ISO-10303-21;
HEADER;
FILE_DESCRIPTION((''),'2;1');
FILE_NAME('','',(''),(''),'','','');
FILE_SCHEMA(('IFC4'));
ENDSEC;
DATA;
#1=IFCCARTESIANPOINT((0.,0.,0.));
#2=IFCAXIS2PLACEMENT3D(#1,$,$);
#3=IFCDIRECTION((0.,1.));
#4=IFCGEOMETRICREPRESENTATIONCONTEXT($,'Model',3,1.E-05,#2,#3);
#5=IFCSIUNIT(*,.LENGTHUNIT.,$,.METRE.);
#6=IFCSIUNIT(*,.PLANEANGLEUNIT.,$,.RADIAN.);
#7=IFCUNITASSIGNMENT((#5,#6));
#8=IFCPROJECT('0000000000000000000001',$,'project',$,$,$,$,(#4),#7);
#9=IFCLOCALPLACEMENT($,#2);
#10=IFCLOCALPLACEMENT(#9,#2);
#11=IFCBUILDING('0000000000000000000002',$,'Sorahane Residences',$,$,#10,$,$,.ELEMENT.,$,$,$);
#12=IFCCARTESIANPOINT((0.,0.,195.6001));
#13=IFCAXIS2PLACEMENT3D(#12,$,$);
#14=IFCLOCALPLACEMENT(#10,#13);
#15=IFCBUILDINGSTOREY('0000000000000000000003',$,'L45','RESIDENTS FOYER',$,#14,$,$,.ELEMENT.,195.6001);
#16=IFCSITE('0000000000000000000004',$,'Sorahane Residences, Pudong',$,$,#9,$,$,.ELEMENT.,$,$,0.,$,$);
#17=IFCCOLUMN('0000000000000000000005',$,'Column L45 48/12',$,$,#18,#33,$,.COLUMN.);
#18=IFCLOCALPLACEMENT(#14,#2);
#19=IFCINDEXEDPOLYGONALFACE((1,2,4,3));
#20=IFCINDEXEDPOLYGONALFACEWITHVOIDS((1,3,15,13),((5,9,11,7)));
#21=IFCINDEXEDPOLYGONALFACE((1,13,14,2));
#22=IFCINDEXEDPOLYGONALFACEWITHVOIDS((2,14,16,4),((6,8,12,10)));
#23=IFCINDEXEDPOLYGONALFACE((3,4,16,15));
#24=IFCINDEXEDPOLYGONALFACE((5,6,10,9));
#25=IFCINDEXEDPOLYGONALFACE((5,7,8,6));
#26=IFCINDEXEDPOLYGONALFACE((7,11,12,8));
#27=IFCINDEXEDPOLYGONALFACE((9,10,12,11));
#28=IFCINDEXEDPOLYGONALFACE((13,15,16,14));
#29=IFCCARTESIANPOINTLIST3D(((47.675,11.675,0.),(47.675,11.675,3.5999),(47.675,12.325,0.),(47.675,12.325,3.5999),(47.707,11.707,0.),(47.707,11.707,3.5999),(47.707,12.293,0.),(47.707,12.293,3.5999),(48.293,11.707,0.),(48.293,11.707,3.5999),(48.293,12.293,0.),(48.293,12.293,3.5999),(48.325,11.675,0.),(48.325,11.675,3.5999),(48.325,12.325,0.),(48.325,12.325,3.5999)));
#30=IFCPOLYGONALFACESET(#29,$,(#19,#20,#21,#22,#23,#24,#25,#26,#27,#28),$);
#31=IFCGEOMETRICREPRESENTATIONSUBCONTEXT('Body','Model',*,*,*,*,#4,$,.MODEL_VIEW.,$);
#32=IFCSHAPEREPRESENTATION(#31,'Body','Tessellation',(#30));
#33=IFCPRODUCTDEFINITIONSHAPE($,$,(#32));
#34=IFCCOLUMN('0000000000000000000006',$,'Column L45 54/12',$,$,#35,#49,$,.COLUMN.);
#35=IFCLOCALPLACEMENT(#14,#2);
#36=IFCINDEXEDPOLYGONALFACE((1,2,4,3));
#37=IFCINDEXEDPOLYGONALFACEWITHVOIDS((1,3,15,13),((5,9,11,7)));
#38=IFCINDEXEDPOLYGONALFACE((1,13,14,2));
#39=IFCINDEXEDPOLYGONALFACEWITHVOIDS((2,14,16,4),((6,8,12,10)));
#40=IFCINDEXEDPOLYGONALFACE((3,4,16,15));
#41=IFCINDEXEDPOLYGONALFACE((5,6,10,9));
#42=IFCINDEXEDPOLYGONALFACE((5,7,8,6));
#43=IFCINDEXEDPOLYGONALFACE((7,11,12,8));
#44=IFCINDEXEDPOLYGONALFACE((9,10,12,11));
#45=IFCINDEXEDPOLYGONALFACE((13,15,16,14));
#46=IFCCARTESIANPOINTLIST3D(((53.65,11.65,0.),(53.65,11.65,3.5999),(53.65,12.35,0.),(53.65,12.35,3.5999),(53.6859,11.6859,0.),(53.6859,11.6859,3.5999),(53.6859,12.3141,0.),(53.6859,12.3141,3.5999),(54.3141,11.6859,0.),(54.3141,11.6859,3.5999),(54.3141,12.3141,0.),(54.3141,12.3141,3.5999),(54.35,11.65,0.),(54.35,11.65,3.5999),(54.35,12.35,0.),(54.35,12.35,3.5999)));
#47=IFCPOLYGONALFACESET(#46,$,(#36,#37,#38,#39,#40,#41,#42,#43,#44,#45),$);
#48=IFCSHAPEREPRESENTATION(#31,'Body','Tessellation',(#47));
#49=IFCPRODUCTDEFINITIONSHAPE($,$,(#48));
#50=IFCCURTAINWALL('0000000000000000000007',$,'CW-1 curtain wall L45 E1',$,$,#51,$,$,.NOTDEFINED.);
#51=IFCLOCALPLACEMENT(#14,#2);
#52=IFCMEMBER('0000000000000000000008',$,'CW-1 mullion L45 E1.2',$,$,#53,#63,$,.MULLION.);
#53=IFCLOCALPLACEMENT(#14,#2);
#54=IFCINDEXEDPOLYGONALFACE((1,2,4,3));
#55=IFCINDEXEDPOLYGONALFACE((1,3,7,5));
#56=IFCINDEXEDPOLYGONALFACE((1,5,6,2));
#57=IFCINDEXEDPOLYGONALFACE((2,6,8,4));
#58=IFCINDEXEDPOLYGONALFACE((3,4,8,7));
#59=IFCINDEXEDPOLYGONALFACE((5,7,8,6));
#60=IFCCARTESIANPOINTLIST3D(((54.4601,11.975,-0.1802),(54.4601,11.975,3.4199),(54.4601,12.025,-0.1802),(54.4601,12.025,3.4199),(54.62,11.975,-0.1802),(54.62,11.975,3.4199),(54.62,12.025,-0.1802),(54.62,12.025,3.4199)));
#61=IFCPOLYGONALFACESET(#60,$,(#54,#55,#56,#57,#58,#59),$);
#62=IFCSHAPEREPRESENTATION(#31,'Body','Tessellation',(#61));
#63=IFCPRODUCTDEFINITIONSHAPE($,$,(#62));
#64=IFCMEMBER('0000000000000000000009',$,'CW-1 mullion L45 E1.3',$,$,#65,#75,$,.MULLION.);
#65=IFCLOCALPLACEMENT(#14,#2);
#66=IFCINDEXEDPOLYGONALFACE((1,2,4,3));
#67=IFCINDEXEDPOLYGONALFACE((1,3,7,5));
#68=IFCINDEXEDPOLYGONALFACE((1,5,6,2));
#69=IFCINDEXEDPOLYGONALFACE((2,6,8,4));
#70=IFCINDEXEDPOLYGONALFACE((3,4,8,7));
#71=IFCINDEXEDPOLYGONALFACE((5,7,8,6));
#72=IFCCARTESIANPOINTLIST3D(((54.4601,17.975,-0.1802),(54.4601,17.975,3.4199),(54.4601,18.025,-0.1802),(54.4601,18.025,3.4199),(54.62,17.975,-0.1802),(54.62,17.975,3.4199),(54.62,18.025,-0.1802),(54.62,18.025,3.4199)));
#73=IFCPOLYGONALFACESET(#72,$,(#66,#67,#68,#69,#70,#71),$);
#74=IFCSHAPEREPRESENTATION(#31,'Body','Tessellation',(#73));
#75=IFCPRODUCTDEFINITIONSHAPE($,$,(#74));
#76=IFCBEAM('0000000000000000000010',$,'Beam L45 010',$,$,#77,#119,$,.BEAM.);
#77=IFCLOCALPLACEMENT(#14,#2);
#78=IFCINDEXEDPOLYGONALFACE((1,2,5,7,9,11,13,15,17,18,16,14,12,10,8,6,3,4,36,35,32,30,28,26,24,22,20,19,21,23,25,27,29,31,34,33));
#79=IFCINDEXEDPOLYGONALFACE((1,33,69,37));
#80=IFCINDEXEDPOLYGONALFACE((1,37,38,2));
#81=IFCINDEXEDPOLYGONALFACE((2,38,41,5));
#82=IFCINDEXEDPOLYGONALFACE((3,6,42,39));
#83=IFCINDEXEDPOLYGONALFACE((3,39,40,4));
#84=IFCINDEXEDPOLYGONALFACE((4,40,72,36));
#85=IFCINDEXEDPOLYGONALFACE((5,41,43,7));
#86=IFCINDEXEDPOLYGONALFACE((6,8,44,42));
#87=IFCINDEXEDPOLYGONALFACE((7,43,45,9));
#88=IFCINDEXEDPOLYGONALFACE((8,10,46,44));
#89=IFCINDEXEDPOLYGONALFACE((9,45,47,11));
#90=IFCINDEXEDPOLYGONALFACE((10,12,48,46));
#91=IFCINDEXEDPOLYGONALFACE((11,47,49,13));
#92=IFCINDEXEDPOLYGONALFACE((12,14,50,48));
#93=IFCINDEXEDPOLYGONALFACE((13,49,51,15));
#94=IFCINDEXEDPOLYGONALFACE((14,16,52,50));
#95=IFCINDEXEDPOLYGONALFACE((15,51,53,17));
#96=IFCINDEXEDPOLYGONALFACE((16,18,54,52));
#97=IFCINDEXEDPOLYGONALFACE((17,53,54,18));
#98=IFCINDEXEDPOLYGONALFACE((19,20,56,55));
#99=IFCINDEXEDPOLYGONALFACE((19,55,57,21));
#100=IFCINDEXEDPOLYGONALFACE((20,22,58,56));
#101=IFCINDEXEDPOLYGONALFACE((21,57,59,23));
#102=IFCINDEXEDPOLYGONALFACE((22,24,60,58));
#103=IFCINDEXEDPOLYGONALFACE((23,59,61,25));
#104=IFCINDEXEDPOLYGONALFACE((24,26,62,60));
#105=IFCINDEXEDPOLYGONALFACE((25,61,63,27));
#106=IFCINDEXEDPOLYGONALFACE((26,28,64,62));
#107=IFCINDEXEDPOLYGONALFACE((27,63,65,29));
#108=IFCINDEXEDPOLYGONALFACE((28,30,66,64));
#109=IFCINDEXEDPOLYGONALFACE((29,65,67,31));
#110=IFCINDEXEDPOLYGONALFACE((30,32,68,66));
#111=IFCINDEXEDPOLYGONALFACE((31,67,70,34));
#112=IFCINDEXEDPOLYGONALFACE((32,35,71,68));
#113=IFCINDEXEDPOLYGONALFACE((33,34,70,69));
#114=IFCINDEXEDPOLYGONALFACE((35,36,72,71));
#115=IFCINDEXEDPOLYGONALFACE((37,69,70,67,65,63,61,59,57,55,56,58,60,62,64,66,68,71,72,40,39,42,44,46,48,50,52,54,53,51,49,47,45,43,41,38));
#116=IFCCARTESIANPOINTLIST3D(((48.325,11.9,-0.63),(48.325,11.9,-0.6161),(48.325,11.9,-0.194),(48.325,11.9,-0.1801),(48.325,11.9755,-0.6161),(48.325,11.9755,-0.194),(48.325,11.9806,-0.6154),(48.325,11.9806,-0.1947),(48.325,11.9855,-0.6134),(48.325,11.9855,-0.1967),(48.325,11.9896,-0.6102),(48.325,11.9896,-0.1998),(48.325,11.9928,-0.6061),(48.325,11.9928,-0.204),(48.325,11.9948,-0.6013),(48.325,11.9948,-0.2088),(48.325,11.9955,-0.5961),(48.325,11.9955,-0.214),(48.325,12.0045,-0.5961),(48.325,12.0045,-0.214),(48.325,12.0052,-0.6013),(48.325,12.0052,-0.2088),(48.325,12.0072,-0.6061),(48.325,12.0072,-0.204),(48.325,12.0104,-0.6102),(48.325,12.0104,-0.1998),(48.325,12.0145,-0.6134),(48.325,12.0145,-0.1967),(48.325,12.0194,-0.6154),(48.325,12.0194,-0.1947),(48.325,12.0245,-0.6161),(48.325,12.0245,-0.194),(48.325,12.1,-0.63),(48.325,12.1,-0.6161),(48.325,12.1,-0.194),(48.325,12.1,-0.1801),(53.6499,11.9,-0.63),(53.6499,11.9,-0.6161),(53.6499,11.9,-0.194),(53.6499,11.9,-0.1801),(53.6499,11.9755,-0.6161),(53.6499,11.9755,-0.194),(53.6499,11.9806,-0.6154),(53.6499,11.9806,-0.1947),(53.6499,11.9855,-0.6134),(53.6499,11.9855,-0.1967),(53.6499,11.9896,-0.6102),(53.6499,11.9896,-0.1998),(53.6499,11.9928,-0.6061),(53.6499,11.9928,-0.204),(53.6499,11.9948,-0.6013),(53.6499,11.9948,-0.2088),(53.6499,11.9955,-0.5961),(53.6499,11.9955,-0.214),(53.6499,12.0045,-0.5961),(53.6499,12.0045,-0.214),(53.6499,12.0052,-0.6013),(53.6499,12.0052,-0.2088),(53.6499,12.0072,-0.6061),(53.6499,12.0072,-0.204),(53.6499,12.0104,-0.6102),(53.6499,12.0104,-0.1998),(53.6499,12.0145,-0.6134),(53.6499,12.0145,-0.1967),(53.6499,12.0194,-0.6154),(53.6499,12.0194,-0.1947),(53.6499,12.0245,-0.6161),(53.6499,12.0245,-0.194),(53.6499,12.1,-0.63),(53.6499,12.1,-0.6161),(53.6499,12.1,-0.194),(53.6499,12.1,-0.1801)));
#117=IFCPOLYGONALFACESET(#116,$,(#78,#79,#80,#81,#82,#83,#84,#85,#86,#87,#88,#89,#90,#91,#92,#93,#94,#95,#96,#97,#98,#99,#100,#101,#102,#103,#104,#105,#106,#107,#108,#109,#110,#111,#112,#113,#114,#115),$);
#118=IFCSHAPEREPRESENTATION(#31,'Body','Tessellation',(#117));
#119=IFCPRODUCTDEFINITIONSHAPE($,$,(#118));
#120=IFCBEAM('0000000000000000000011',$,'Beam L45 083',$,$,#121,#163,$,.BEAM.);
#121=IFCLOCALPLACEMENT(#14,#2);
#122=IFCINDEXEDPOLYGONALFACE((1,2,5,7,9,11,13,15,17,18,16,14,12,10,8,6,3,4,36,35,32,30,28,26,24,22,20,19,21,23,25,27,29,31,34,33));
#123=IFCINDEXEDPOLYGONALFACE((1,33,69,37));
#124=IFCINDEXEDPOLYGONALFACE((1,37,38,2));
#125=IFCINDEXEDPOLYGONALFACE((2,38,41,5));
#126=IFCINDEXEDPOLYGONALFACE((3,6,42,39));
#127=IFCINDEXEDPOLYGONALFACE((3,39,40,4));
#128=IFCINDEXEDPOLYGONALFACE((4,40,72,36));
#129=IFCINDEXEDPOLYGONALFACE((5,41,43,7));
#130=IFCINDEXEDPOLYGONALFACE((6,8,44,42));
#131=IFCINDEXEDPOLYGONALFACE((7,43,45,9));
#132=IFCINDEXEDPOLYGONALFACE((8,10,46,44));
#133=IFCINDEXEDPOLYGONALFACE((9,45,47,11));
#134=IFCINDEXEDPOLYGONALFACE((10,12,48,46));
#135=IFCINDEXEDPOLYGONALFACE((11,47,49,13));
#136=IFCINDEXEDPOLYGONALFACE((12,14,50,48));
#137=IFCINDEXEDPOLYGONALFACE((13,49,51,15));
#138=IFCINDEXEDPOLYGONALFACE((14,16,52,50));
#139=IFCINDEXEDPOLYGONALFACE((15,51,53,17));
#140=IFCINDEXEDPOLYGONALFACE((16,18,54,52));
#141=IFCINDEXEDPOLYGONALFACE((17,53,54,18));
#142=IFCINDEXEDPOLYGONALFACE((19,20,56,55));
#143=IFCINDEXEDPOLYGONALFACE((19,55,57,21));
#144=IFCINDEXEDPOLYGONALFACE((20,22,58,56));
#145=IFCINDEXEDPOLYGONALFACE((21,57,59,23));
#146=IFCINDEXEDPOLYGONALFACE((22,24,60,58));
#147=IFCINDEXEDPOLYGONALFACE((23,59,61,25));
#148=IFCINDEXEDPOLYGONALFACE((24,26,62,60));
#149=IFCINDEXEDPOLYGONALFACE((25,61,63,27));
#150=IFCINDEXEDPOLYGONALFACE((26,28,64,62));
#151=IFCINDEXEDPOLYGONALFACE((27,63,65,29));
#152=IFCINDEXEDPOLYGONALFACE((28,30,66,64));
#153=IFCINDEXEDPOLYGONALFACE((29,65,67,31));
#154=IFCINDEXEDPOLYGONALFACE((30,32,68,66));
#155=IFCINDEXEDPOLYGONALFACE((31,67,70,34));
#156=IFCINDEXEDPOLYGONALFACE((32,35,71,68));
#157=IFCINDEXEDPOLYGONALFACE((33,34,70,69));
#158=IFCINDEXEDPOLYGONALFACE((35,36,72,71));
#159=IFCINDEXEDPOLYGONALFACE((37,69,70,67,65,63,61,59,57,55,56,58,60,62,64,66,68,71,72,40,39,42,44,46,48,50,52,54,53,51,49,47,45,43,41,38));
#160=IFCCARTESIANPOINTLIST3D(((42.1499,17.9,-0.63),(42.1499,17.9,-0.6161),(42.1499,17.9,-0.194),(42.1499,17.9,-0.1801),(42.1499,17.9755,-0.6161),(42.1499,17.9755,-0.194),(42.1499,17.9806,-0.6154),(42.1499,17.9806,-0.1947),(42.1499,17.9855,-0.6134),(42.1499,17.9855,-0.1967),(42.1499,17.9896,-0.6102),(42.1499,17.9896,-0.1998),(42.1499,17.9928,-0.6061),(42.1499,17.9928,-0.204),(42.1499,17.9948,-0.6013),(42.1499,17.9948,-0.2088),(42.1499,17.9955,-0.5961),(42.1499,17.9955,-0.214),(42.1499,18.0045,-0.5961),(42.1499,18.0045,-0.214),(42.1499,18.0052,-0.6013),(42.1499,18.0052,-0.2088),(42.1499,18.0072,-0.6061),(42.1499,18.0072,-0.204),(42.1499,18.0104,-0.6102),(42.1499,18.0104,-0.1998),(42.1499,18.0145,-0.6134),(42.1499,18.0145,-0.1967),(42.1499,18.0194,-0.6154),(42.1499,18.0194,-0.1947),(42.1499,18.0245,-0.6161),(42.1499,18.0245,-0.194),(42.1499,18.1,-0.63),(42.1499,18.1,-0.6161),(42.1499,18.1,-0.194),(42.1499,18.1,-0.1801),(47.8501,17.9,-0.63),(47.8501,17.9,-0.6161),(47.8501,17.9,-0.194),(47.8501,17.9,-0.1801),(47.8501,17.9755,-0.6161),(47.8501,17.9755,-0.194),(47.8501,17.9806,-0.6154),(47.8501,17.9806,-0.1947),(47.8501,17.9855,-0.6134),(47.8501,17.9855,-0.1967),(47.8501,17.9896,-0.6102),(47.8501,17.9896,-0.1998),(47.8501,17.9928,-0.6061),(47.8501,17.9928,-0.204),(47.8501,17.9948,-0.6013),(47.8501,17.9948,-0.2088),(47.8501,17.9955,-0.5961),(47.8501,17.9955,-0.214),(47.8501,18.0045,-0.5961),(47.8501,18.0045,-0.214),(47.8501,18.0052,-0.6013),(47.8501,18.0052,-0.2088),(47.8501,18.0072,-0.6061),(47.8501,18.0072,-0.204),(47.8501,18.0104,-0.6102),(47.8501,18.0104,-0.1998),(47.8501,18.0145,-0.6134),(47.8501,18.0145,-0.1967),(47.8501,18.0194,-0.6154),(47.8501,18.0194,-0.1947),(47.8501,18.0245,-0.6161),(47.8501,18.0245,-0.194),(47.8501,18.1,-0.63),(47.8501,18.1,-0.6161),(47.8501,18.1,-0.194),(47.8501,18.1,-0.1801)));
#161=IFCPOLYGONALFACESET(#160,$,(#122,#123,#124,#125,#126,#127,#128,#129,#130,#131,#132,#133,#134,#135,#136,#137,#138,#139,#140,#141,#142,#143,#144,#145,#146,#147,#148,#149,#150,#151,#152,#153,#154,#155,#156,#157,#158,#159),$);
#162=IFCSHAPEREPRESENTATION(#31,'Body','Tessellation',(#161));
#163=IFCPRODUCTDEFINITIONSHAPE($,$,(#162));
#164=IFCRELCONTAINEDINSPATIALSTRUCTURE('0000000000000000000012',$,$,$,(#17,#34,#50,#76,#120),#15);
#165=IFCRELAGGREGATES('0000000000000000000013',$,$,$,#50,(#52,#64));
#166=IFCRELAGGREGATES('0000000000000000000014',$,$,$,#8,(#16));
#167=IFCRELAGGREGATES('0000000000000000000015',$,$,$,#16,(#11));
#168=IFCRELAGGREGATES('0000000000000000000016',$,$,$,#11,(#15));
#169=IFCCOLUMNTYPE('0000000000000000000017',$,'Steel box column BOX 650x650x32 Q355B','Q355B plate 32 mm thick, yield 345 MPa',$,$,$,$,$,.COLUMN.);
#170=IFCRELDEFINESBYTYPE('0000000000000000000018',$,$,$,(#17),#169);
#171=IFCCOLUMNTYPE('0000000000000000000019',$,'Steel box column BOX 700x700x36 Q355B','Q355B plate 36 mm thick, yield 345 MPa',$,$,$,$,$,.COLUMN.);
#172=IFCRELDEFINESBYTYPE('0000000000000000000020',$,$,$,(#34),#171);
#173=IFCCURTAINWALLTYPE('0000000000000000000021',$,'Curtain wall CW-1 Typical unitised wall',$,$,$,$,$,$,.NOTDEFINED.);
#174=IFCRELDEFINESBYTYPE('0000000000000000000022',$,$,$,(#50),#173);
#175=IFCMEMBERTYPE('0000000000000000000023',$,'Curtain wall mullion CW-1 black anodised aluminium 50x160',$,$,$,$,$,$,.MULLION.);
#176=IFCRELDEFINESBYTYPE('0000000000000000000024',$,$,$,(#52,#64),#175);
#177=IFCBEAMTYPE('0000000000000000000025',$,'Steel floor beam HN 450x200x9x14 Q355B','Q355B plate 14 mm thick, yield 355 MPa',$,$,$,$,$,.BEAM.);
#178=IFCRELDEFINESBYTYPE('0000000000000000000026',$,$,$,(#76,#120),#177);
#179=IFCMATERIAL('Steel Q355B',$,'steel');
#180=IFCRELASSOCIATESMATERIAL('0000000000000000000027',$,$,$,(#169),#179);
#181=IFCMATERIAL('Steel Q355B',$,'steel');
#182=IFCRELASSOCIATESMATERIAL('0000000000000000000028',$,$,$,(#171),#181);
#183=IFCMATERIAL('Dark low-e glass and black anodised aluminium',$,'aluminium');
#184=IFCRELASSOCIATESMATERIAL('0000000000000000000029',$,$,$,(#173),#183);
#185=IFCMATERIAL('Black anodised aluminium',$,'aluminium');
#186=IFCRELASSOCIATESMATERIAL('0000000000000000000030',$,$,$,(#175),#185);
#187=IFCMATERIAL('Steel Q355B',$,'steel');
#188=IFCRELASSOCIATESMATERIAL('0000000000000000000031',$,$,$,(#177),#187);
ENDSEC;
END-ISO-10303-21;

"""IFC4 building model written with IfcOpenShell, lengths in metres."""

from ifc_helpers import new_model, si_unit, direction, frame, origin, origin_2d, place, context, subcontext, project, spatial, rectangle, hollow_rectangle, i_section, extrude, material, material_profile, profile_set, type_object, element, aggregate, save


model = new_model("IFC4")

# Units and contexts
model_context = context("Model", 3, precision=1e-05, world=origin(), true_north=direction((0.0, 1.0)))
body_context = subcontext(model_context, "Body", "Model", "MODEL_VIEW")
ifc_project = project(units=[si_unit("LENGTHUNIT", "METRE"), si_unit("PLANEANGLEUNIT", "RADIAN")], contexts=[model_context])

# Site, building, storey
site_placement = place(None, origin())
site = spatial("IfcSite", under=ifc_project, at=site_placement, Name="Sorahane Residences, Pudong", CompositionType="ELEMENT", RefElevation=0.0)
building_placement = place(site_placement, origin())
building = spatial("IfcBuilding", under=site, at=building_placement, Name="Sorahane Residences", CompositionType="ELEMENT")
storey_placement = place(building_placement, frame((0.0, 0.0, 195.6001)))
storey = spatial("IfcBuildingStorey", under=building, at=storey_placement, Name="L45", Description="RESIDENTS FOYER", CompositionType="ELEMENT", Elevation=195.6001)

# Columns
ifc_material_1 = material(Name="Steel Q355B", Category="steel")
ifc_material_profile_1 = material_profile(ifc_material_1, hollow_rectangle(XDim=0.6499, YDim=0.6499, WallThickness=0.032, at=origin_2d()), Name="BOX 650x650x32")
ifc_profile_set_1 = profile_set([ifc_material_profile_1], Name="Steel Q355B")
column_type_1 = type_object("IfcColumnType", Name="Steel box column BOX 650x650x32 Q355B", Description="Q355B plate 32 mm thick, yield 345 MPa", PredefinedType="COLUMN", material=ifc_profile_set_1)
column_1_placement = place(storey_placement, frame((48.0, 12.0, 0.0), z_axis=(0.0, 0.0, 1.0), x_axis=(1.0, 0.0, 0.0)))
element("IfcColumn", 1, at=column_1_placement, inside=storey, type_object=column_type_1, Name="Column L45 48/12", PredefinedType="COLUMN", context=body_context, shape_type="SweptSolid", body=[
    extrude(hollow_rectangle(XDim=0.6499, YDim=0.6499, WallThickness=0.032, at=origin_2d()), origin(), (0.0, 0.0, 1.0), 3.5999),
])
ifc_material_2 = material(Name="Steel Q355B", Category="steel")
ifc_material_profile_2 = material_profile(ifc_material_2, hollow_rectangle(XDim=0.7, YDim=0.7, WallThickness=0.0359, at=origin_2d()), Name="BOX 700x700x36")
ifc_profile_set_2 = profile_set([ifc_material_profile_2], Name="Steel Q355B")
column_type_2 = type_object("IfcColumnType", Name="Steel box column BOX 700x700x36 Q355B", Description="Q355B plate 36 mm thick, yield 345 MPa", PredefinedType="COLUMN", material=ifc_profile_set_2)
column_2_placement = place(storey_placement, frame((54.0, 12.0, 0.0), z_axis=(0.0, 0.0, 1.0), x_axis=(1.0, 0.0, 0.0)))
element("IfcColumn", 2, at=column_2_placement, inside=storey, type_object=column_type_2, Name="Column L45 54/12", PredefinedType="COLUMN", context=body_context, shape_type="SweptSolid", body=[
    extrude(hollow_rectangle(XDim=0.7, YDim=0.7, WallThickness=0.0359, at=origin_2d()), origin(), (0.0, 0.0, 1.0), 3.5999),
])

# Curtain wall, members
ifc_material_3 = material(Name="Dark low-e glass and black anodised aluminium", Category="aluminium")
curtain_wall_type = type_object("IfcCurtainWallType", Name="Curtain wall CW-1 Typical unitised wall", PredefinedType="NOTDEFINED", material=ifc_material_3)
curtain_wall_placement = place(storey_placement, origin())
curtain_wall = element("IfcCurtainWall", 3, at=curtain_wall_placement, inside=storey, type_object=curtain_wall_type, Name="CW-1 curtain wall L45 E1", PredefinedType="NOTDEFINED")
ifc_material_4 = material(Name="Black anodised aluminium", Category="aluminium")
ifc_material_profile_3 = material_profile(ifc_material_4, rectangle(XDim=0.1599, YDim=0.05, at=origin_2d()), Name="Curtain wall mullion CW-1 black anodised aluminium 50x160")
ifc_profile_set_3 = profile_set([ifc_material_profile_3], Name="Black anodised aluminium")
member_type = type_object("IfcMemberType", Name="Curtain wall mullion CW-1 black anodised aluminium 50x160", PredefinedType="MULLION", material=ifc_profile_set_3)
member_1_placement = place(storey_placement, frame((54.54, 12.0, -0.1802), z_axis=(0.0, 0.0, 1.0), x_axis=(1.0, 0.0, 0.0)))
member_1 = element("IfcMember", 4, at=member_1_placement, type_object=member_type, Name="CW-1 mullion L45 E1.2", PredefinedType="MULLION", context=body_context, shape_type="SweptSolid", body=[
    extrude(rectangle(XDim=0.1599, YDim=0.05, at=origin_2d()), origin(), (0.0, 0.0, 1.0), 3.6001),
])
member_2_placement = place(storey_placement, frame((54.54, 18.0, -0.1802), z_axis=(0.0, 0.0, 1.0), x_axis=(1.0, 0.0, 0.0)))
member_2 = element("IfcMember", 5, at=member_2_placement, type_object=member_type, Name="CW-1 mullion L45 E1.3", PredefinedType="MULLION", context=body_context, shape_type="SweptSolid", body=[
    extrude(rectangle(XDim=0.1599, YDim=0.05, at=origin_2d()), origin(), (0.0, 0.0, 1.0), 3.6001),
])

# Beams
ifc_material_5 = material(Name="Steel Q355B", Category="steel")
ifc_material_profile_4 = material_profile(ifc_material_5, i_section(OverallWidth=0.2, OverallDepth=0.45, WebThickness=0.009, FlangeThickness=0.0139, FilletRadius=0.02, at=origin_2d()), Name="HN 450x200x9x14")
ifc_profile_set_4 = profile_set([ifc_material_profile_4], Name="Steel Q355B")
beam_type_1 = type_object("IfcBeamType", Name="Steel floor beam HN 450x200x9x14 Q355B", Description="Q355B plate 14 mm thick, yield 355 MPa", PredefinedType="BEAM", material=ifc_profile_set_4)
beam_1_placement = place(storey_placement, frame((48.325, 12.0, -0.405), z_axis=(1.0, 0.0, 0.0), x_axis=(0.0, 1.0, 0.0)))
element("IfcBeam", 6, at=beam_1_placement, inside=storey, type_object=beam_type_1, Name="Beam L45 010", PredefinedType="BEAM", context=body_context, shape_type="SweptSolid", body=[
    extrude(i_section(OverallWidth=0.2, OverallDepth=0.45, WebThickness=0.009, FlangeThickness=0.0139, FilletRadius=0.02, at=origin_2d()), origin(), (0.0, 0.0, 1.0), 5.325),
])
for number, where, z_axis, x_axis, name in (
    (7, (42.1499, 18.0, -0.405), (1.0, 0.0, 0.0), (0.0, 1.0, 0.0), "Beam L45 083"),
):
    element("IfcBeam", number, at=place(storey_placement, frame(where, z_axis=z_axis, x_axis=x_axis)), inside=storey, type_object=beam_type_1, Name=name, PredefinedType="BEAM", context=body_context, shape_type="SweptSolid", body=[
        extrude(i_section(OverallWidth=0.2, OverallDepth=0.45, WebThickness=0.009, FlangeThickness=0.0139, FilletRadius=0.02, at=origin_2d()), origin(), (0.0, 0.0, 1.0), 5.7002),
    ])

aggregate(curtain_wall, [member_1, member_2])

save(model, "model.ifc")
